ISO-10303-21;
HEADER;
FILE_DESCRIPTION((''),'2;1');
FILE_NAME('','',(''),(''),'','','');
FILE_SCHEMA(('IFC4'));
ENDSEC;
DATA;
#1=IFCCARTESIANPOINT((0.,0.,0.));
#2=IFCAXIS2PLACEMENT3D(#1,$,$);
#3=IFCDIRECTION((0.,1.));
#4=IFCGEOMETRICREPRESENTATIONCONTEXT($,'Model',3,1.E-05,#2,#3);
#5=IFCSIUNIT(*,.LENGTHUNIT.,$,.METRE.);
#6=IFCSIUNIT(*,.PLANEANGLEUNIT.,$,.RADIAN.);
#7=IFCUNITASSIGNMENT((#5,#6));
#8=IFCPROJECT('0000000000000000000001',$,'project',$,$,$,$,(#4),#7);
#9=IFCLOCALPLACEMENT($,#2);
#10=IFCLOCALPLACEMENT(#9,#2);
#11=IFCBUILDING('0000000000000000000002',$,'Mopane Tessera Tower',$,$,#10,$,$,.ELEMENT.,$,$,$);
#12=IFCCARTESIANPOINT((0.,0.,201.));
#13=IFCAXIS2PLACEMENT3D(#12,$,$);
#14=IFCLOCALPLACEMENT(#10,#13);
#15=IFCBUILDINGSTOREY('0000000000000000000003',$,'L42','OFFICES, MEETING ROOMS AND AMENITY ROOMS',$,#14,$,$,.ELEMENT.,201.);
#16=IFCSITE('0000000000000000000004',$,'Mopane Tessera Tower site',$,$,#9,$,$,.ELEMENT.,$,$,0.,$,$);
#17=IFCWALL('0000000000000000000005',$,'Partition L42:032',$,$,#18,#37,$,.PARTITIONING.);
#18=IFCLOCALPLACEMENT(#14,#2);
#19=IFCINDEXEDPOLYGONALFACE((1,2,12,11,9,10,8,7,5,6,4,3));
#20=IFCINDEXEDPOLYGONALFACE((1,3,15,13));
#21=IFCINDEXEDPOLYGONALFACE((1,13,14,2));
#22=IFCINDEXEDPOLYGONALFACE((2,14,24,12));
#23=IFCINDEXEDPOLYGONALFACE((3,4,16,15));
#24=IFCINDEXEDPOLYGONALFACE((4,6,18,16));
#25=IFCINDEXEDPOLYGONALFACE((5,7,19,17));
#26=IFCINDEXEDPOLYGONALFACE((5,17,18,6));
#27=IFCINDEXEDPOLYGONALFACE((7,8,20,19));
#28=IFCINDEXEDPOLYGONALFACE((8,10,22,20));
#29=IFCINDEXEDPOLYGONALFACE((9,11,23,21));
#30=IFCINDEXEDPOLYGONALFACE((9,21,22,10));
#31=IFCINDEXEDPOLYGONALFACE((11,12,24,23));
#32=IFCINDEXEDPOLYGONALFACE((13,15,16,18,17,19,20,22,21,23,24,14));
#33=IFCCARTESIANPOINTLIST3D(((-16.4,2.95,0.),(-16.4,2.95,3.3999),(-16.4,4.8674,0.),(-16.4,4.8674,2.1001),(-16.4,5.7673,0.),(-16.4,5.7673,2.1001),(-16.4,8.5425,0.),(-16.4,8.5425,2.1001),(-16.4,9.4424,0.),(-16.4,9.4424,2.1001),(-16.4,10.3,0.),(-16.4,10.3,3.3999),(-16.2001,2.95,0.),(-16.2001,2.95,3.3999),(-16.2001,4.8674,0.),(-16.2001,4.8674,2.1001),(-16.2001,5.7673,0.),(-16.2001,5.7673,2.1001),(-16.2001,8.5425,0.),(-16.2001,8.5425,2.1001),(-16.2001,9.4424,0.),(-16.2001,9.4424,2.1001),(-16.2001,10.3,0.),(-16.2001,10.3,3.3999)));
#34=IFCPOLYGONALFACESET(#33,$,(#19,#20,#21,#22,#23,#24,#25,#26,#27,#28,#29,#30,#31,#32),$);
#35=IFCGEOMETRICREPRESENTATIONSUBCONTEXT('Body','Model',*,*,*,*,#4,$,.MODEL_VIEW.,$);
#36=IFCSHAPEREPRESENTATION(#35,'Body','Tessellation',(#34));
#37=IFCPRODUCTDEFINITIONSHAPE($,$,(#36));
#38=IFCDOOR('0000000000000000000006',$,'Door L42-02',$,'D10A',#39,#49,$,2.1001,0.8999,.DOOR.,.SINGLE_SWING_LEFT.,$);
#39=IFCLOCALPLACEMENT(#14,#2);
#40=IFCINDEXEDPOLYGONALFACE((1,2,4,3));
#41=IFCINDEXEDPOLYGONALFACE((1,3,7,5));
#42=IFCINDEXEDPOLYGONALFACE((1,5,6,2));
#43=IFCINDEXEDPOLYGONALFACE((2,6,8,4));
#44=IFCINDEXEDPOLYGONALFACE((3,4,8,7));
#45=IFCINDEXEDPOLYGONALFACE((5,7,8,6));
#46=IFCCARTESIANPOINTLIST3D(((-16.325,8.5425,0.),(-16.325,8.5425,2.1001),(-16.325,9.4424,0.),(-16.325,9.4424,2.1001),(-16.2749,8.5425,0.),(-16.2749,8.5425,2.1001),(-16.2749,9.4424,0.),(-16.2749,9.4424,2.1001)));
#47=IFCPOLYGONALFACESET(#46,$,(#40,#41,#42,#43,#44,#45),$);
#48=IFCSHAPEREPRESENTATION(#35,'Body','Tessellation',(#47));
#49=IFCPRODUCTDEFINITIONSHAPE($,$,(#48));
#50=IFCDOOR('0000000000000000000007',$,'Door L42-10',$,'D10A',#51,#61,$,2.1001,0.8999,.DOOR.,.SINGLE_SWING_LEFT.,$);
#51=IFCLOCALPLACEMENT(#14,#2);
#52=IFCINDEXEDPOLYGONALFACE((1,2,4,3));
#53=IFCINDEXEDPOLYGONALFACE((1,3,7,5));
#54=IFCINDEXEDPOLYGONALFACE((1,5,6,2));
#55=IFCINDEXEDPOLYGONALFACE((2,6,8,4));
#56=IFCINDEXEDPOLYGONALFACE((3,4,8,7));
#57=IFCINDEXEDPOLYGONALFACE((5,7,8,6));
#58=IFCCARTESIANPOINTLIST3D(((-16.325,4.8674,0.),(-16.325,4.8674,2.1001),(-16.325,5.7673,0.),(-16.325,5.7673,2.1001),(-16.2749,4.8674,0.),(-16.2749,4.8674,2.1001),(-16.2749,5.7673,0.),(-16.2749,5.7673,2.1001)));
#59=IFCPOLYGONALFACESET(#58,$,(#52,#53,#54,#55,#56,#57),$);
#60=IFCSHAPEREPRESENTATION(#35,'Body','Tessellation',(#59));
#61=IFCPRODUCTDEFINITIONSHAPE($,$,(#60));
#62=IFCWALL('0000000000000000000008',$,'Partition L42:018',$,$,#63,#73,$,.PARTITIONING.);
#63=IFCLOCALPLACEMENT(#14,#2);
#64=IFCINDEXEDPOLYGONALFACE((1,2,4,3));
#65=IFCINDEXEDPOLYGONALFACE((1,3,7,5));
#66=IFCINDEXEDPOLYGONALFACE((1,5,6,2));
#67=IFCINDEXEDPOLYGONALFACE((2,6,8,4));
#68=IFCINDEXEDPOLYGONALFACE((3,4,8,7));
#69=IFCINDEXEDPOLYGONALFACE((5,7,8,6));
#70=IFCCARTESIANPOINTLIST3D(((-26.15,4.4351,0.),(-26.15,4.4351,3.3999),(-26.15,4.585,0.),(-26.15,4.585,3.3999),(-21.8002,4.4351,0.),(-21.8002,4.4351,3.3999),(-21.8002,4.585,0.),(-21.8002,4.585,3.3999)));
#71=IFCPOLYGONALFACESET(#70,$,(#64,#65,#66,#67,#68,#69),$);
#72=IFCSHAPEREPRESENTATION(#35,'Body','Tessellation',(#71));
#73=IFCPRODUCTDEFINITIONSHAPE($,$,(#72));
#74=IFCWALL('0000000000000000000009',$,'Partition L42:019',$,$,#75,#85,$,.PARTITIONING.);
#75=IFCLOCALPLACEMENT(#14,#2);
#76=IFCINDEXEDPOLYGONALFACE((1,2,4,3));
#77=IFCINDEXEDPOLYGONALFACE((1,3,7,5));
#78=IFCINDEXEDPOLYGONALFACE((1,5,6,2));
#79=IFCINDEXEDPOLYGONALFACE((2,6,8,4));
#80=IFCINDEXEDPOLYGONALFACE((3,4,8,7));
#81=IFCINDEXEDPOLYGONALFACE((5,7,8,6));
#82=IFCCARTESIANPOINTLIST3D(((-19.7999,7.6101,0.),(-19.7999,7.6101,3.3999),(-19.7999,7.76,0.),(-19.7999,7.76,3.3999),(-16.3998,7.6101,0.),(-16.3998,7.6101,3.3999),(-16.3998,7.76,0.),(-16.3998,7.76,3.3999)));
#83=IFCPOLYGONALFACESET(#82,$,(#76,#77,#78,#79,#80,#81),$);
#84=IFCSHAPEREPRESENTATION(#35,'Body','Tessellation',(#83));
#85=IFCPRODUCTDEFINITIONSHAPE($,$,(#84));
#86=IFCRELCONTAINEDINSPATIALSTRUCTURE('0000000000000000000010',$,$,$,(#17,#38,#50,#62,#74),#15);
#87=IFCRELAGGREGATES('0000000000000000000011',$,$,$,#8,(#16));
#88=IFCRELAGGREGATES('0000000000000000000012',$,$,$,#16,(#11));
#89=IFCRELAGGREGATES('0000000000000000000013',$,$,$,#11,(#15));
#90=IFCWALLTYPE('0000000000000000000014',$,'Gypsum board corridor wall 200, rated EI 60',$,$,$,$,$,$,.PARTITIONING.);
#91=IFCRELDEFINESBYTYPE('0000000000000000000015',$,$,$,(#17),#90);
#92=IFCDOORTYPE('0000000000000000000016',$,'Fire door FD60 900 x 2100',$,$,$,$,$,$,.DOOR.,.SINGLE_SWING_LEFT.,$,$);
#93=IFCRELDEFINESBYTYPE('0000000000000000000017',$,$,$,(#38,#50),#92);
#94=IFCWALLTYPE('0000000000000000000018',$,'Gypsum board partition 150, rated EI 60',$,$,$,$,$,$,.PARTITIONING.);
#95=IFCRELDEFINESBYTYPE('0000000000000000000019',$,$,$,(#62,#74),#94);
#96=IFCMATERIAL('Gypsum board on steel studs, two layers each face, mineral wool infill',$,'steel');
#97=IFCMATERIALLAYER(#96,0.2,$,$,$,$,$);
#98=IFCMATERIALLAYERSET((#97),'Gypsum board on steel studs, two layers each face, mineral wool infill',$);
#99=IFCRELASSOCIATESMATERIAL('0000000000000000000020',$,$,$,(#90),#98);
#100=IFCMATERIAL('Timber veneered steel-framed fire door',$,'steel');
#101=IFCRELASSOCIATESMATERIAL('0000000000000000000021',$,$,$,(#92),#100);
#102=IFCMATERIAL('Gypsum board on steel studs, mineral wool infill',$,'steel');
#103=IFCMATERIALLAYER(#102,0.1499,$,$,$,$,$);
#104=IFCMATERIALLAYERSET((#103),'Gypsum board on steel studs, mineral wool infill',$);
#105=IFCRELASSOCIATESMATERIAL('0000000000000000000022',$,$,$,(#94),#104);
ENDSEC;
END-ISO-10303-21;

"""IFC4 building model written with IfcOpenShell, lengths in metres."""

from ifc_helpers import new_model, si_unit, direction, frame, frame_2d, origin, place, context, subcontext, project, spatial, rectangle, extrude, material, layer, layer_set, type_object, element, fill, save


model = new_model("IFC4")

# Units and contexts
model_context = context("Model", 3, precision=1e-05, world=origin(), true_north=direction((0.0, 1.0)))
body_context = subcontext(model_context, "Body", "Model", "MODEL_VIEW")
ifc_project = project(units=[si_unit("LENGTHUNIT", "METRE"), si_unit("PLANEANGLEUNIT", "RADIAN")], contexts=[model_context])

# Site, building, storey
site_placement = place(None, origin())
site = spatial("IfcSite", under=ifc_project, at=site_placement, Name="Mopane Tessera Tower site", CompositionType="ELEMENT", RefElevation=0.0)
building_placement = place(site_placement, origin())
building = spatial("IfcBuilding", under=site, at=building_placement, Name="Mopane Tessera Tower", CompositionType="ELEMENT")
storey_placement = place(building_placement, frame((0.0, 0.0, 201.0)))
storey = spatial("IfcBuildingStorey", under=building, at=storey_placement, Name="L42", Description="OFFICES, MEETING ROOMS AND AMENITY ROOMS", CompositionType="ELEMENT", Elevation=201.0)

# Shared definitions
ifc_material_1 = material(Name="Gypsum board on steel studs, two layers each face, mineral wool infill", Category="steel")
ifc_layer_1 = layer(ifc_material_1, 0.2)
ifc_layer_set_1 = layer_set([ifc_layer_1], Name="Gypsum board on steel studs, two layers each face, mineral wool infill")
wall_type_1 = type_object("IfcWallType", Name="Gypsum board corridor wall 200, rated EI 60", PredefinedType="PARTITIONING", material=ifc_layer_set_1)

# Wall, openings, doors
wall_1_placement = place(storey_placement, frame((-16.3, 2.95, 0.0), z_axis=(0.0, 0.0, 1.0), x_axis=(0.0, 1.0, 0.0)))
wall_1 = element("IfcWall", 1, at=wall_1_placement, inside=storey, type_object=wall_type_1, Name="Partition L42:032", PredefinedType="PARTITIONING", context=body_context, shape_type="SweptSolid", body=[
    extrude(rectangle(XDim=7.3501, YDim=0.2, at=frame_2d((3.675, 0.0))), origin(), (0.0, 0.0, 1.0), 3.3999),
])
opening_1_placement = place(wall_1_placement, frame((5.5925, 0.0, 0.0)))
opening_1 = element("IfcOpeningElement", 2, at=opening_1_placement, cuts=wall_1, PredefinedType="OPENING", context=body_context, shape_type="SweptSolid", body=[
    extrude(rectangle(XDim=0.8999, YDim=2.1001, at=frame_2d((0.45, 1.05))), frame((0.0, 0.1121, 0.0), z_axis=(0.0, -1.0, 0.0), x_axis=(1.0, 0.0, 0.0)), (0.0, 0.0, 1.0), 0.2239),
])
opening_2_placement = place(wall_1_placement, frame((1.9175, 0.0, 0.0)))
opening_2 = element("IfcOpeningElement", 3, at=opening_2_placement, cuts=wall_1, PredefinedType="OPENING", context=body_context, shape_type="SweptSolid", body=[
    extrude(rectangle(XDim=0.8999, YDim=2.1001, at=frame_2d((0.45, 1.05))), frame((0.0, 0.1121, 0.0), z_axis=(0.0, -1.0, 0.0), x_axis=(1.0, 0.0, 0.0)), (0.0, 0.0, 1.0), 0.2239),
])
ifc_material_2 = material(Name="Timber veneered steel-framed fire door", Category="steel")
door_type_1 = type_object("IfcDoorType", Name="Fire door FD60 900 x 2100", OperationType="SINGLE_SWING_LEFT", PredefinedType="DOOR", material=ifc_material_2)
door_1_placement = place(opening_1_placement, origin())
door_1 = element("IfcDoor", 4, at=door_1_placement, inside=storey, type_object=door_type_1, Name="Door L42-02", ObjectType="D10A", OperationType="SINGLE_SWING_LEFT", OverallHeight=2.1001, OverallWidth=0.8999, PredefinedType="DOOR", context=body_context, shape_type="SweptSolid", body=[
    extrude(rectangle(XDim=0.8999, YDim=2.1001, at=frame_2d((0.45, 1.05))), frame((0.0, 0.0249, 0.0), z_axis=(0.0, -1.0, 0.0), x_axis=(1.0, 0.0, 0.0)), (0.0, 0.0, 1.0), 0.05),
])
fill(opening_1, door_1)
door_2_placement = place(opening_2_placement, origin())
door_2 = element("IfcDoor", 5, at=door_2_placement, inside=storey, type_object=door_type_1, Name="Door L42-10", ObjectType="D10A", OperationType="SINGLE_SWING_LEFT", OverallHeight=2.1001, OverallWidth=0.8999, PredefinedType="DOOR", context=body_context, shape_type="SweptSolid", body=[
    extrude(rectangle(XDim=0.8999, YDim=2.1001, at=frame_2d((0.45, 1.05))), frame((0.0, 0.0249, 0.0), z_axis=(0.0, -1.0, 0.0), x_axis=(1.0, 0.0, 0.0)), (0.0, 0.0, 1.0), 0.05),
])
fill(opening_2, door_2)

# Walls
ifc_material_3 = material(Name="Gypsum board on steel studs, mineral wool infill", Category="steel")
ifc_layer_2 = layer(ifc_material_3, 0.1499)
ifc_layer_set_2 = layer_set([ifc_layer_2], Name="Gypsum board on steel studs, mineral wool infill")
wall_type_2 = type_object("IfcWallType", Name="Gypsum board partition 150, rated EI 60", PredefinedType="PARTITIONING", material=ifc_layer_set_2)
wall_2_placement = place(storey_placement, frame((-26.1499, 4.51, 0.0), z_axis=(0.0, 0.0, 1.0), x_axis=(1.0, 0.0, 0.0)))
element("IfcWall", 6, at=wall_2_placement, inside=storey, type_object=wall_type_2, Name="Partition L42:018", PredefinedType="PARTITIONING", context=body_context, shape_type="SweptSolid", body=[
    extrude(rectangle(XDim=4.3499, YDim=0.1499, at=frame_2d((2.1748, 0.0))), origin(), (0.0, 0.0, 1.0), 3.3999),
])
wall_3_placement = place(storey_placement, frame((-19.8, 7.6851, 0.0), z_axis=(0.0, 0.0, 1.0), x_axis=(1.0, 0.0, 0.0)))
element("IfcWall", 7, at=wall_3_placement, inside=storey, type_object=wall_type_2, Name="Partition L42:019", PredefinedType="PARTITIONING", context=body_context, shape_type="SweptSolid", body=[
    extrude(rectangle(XDim=3.4001, YDim=0.1499, at=frame_2d((1.7002, 0.0))), origin(), (0.0, 0.0, 1.0), 3.3999),
])

save(model, "model.ifc")
